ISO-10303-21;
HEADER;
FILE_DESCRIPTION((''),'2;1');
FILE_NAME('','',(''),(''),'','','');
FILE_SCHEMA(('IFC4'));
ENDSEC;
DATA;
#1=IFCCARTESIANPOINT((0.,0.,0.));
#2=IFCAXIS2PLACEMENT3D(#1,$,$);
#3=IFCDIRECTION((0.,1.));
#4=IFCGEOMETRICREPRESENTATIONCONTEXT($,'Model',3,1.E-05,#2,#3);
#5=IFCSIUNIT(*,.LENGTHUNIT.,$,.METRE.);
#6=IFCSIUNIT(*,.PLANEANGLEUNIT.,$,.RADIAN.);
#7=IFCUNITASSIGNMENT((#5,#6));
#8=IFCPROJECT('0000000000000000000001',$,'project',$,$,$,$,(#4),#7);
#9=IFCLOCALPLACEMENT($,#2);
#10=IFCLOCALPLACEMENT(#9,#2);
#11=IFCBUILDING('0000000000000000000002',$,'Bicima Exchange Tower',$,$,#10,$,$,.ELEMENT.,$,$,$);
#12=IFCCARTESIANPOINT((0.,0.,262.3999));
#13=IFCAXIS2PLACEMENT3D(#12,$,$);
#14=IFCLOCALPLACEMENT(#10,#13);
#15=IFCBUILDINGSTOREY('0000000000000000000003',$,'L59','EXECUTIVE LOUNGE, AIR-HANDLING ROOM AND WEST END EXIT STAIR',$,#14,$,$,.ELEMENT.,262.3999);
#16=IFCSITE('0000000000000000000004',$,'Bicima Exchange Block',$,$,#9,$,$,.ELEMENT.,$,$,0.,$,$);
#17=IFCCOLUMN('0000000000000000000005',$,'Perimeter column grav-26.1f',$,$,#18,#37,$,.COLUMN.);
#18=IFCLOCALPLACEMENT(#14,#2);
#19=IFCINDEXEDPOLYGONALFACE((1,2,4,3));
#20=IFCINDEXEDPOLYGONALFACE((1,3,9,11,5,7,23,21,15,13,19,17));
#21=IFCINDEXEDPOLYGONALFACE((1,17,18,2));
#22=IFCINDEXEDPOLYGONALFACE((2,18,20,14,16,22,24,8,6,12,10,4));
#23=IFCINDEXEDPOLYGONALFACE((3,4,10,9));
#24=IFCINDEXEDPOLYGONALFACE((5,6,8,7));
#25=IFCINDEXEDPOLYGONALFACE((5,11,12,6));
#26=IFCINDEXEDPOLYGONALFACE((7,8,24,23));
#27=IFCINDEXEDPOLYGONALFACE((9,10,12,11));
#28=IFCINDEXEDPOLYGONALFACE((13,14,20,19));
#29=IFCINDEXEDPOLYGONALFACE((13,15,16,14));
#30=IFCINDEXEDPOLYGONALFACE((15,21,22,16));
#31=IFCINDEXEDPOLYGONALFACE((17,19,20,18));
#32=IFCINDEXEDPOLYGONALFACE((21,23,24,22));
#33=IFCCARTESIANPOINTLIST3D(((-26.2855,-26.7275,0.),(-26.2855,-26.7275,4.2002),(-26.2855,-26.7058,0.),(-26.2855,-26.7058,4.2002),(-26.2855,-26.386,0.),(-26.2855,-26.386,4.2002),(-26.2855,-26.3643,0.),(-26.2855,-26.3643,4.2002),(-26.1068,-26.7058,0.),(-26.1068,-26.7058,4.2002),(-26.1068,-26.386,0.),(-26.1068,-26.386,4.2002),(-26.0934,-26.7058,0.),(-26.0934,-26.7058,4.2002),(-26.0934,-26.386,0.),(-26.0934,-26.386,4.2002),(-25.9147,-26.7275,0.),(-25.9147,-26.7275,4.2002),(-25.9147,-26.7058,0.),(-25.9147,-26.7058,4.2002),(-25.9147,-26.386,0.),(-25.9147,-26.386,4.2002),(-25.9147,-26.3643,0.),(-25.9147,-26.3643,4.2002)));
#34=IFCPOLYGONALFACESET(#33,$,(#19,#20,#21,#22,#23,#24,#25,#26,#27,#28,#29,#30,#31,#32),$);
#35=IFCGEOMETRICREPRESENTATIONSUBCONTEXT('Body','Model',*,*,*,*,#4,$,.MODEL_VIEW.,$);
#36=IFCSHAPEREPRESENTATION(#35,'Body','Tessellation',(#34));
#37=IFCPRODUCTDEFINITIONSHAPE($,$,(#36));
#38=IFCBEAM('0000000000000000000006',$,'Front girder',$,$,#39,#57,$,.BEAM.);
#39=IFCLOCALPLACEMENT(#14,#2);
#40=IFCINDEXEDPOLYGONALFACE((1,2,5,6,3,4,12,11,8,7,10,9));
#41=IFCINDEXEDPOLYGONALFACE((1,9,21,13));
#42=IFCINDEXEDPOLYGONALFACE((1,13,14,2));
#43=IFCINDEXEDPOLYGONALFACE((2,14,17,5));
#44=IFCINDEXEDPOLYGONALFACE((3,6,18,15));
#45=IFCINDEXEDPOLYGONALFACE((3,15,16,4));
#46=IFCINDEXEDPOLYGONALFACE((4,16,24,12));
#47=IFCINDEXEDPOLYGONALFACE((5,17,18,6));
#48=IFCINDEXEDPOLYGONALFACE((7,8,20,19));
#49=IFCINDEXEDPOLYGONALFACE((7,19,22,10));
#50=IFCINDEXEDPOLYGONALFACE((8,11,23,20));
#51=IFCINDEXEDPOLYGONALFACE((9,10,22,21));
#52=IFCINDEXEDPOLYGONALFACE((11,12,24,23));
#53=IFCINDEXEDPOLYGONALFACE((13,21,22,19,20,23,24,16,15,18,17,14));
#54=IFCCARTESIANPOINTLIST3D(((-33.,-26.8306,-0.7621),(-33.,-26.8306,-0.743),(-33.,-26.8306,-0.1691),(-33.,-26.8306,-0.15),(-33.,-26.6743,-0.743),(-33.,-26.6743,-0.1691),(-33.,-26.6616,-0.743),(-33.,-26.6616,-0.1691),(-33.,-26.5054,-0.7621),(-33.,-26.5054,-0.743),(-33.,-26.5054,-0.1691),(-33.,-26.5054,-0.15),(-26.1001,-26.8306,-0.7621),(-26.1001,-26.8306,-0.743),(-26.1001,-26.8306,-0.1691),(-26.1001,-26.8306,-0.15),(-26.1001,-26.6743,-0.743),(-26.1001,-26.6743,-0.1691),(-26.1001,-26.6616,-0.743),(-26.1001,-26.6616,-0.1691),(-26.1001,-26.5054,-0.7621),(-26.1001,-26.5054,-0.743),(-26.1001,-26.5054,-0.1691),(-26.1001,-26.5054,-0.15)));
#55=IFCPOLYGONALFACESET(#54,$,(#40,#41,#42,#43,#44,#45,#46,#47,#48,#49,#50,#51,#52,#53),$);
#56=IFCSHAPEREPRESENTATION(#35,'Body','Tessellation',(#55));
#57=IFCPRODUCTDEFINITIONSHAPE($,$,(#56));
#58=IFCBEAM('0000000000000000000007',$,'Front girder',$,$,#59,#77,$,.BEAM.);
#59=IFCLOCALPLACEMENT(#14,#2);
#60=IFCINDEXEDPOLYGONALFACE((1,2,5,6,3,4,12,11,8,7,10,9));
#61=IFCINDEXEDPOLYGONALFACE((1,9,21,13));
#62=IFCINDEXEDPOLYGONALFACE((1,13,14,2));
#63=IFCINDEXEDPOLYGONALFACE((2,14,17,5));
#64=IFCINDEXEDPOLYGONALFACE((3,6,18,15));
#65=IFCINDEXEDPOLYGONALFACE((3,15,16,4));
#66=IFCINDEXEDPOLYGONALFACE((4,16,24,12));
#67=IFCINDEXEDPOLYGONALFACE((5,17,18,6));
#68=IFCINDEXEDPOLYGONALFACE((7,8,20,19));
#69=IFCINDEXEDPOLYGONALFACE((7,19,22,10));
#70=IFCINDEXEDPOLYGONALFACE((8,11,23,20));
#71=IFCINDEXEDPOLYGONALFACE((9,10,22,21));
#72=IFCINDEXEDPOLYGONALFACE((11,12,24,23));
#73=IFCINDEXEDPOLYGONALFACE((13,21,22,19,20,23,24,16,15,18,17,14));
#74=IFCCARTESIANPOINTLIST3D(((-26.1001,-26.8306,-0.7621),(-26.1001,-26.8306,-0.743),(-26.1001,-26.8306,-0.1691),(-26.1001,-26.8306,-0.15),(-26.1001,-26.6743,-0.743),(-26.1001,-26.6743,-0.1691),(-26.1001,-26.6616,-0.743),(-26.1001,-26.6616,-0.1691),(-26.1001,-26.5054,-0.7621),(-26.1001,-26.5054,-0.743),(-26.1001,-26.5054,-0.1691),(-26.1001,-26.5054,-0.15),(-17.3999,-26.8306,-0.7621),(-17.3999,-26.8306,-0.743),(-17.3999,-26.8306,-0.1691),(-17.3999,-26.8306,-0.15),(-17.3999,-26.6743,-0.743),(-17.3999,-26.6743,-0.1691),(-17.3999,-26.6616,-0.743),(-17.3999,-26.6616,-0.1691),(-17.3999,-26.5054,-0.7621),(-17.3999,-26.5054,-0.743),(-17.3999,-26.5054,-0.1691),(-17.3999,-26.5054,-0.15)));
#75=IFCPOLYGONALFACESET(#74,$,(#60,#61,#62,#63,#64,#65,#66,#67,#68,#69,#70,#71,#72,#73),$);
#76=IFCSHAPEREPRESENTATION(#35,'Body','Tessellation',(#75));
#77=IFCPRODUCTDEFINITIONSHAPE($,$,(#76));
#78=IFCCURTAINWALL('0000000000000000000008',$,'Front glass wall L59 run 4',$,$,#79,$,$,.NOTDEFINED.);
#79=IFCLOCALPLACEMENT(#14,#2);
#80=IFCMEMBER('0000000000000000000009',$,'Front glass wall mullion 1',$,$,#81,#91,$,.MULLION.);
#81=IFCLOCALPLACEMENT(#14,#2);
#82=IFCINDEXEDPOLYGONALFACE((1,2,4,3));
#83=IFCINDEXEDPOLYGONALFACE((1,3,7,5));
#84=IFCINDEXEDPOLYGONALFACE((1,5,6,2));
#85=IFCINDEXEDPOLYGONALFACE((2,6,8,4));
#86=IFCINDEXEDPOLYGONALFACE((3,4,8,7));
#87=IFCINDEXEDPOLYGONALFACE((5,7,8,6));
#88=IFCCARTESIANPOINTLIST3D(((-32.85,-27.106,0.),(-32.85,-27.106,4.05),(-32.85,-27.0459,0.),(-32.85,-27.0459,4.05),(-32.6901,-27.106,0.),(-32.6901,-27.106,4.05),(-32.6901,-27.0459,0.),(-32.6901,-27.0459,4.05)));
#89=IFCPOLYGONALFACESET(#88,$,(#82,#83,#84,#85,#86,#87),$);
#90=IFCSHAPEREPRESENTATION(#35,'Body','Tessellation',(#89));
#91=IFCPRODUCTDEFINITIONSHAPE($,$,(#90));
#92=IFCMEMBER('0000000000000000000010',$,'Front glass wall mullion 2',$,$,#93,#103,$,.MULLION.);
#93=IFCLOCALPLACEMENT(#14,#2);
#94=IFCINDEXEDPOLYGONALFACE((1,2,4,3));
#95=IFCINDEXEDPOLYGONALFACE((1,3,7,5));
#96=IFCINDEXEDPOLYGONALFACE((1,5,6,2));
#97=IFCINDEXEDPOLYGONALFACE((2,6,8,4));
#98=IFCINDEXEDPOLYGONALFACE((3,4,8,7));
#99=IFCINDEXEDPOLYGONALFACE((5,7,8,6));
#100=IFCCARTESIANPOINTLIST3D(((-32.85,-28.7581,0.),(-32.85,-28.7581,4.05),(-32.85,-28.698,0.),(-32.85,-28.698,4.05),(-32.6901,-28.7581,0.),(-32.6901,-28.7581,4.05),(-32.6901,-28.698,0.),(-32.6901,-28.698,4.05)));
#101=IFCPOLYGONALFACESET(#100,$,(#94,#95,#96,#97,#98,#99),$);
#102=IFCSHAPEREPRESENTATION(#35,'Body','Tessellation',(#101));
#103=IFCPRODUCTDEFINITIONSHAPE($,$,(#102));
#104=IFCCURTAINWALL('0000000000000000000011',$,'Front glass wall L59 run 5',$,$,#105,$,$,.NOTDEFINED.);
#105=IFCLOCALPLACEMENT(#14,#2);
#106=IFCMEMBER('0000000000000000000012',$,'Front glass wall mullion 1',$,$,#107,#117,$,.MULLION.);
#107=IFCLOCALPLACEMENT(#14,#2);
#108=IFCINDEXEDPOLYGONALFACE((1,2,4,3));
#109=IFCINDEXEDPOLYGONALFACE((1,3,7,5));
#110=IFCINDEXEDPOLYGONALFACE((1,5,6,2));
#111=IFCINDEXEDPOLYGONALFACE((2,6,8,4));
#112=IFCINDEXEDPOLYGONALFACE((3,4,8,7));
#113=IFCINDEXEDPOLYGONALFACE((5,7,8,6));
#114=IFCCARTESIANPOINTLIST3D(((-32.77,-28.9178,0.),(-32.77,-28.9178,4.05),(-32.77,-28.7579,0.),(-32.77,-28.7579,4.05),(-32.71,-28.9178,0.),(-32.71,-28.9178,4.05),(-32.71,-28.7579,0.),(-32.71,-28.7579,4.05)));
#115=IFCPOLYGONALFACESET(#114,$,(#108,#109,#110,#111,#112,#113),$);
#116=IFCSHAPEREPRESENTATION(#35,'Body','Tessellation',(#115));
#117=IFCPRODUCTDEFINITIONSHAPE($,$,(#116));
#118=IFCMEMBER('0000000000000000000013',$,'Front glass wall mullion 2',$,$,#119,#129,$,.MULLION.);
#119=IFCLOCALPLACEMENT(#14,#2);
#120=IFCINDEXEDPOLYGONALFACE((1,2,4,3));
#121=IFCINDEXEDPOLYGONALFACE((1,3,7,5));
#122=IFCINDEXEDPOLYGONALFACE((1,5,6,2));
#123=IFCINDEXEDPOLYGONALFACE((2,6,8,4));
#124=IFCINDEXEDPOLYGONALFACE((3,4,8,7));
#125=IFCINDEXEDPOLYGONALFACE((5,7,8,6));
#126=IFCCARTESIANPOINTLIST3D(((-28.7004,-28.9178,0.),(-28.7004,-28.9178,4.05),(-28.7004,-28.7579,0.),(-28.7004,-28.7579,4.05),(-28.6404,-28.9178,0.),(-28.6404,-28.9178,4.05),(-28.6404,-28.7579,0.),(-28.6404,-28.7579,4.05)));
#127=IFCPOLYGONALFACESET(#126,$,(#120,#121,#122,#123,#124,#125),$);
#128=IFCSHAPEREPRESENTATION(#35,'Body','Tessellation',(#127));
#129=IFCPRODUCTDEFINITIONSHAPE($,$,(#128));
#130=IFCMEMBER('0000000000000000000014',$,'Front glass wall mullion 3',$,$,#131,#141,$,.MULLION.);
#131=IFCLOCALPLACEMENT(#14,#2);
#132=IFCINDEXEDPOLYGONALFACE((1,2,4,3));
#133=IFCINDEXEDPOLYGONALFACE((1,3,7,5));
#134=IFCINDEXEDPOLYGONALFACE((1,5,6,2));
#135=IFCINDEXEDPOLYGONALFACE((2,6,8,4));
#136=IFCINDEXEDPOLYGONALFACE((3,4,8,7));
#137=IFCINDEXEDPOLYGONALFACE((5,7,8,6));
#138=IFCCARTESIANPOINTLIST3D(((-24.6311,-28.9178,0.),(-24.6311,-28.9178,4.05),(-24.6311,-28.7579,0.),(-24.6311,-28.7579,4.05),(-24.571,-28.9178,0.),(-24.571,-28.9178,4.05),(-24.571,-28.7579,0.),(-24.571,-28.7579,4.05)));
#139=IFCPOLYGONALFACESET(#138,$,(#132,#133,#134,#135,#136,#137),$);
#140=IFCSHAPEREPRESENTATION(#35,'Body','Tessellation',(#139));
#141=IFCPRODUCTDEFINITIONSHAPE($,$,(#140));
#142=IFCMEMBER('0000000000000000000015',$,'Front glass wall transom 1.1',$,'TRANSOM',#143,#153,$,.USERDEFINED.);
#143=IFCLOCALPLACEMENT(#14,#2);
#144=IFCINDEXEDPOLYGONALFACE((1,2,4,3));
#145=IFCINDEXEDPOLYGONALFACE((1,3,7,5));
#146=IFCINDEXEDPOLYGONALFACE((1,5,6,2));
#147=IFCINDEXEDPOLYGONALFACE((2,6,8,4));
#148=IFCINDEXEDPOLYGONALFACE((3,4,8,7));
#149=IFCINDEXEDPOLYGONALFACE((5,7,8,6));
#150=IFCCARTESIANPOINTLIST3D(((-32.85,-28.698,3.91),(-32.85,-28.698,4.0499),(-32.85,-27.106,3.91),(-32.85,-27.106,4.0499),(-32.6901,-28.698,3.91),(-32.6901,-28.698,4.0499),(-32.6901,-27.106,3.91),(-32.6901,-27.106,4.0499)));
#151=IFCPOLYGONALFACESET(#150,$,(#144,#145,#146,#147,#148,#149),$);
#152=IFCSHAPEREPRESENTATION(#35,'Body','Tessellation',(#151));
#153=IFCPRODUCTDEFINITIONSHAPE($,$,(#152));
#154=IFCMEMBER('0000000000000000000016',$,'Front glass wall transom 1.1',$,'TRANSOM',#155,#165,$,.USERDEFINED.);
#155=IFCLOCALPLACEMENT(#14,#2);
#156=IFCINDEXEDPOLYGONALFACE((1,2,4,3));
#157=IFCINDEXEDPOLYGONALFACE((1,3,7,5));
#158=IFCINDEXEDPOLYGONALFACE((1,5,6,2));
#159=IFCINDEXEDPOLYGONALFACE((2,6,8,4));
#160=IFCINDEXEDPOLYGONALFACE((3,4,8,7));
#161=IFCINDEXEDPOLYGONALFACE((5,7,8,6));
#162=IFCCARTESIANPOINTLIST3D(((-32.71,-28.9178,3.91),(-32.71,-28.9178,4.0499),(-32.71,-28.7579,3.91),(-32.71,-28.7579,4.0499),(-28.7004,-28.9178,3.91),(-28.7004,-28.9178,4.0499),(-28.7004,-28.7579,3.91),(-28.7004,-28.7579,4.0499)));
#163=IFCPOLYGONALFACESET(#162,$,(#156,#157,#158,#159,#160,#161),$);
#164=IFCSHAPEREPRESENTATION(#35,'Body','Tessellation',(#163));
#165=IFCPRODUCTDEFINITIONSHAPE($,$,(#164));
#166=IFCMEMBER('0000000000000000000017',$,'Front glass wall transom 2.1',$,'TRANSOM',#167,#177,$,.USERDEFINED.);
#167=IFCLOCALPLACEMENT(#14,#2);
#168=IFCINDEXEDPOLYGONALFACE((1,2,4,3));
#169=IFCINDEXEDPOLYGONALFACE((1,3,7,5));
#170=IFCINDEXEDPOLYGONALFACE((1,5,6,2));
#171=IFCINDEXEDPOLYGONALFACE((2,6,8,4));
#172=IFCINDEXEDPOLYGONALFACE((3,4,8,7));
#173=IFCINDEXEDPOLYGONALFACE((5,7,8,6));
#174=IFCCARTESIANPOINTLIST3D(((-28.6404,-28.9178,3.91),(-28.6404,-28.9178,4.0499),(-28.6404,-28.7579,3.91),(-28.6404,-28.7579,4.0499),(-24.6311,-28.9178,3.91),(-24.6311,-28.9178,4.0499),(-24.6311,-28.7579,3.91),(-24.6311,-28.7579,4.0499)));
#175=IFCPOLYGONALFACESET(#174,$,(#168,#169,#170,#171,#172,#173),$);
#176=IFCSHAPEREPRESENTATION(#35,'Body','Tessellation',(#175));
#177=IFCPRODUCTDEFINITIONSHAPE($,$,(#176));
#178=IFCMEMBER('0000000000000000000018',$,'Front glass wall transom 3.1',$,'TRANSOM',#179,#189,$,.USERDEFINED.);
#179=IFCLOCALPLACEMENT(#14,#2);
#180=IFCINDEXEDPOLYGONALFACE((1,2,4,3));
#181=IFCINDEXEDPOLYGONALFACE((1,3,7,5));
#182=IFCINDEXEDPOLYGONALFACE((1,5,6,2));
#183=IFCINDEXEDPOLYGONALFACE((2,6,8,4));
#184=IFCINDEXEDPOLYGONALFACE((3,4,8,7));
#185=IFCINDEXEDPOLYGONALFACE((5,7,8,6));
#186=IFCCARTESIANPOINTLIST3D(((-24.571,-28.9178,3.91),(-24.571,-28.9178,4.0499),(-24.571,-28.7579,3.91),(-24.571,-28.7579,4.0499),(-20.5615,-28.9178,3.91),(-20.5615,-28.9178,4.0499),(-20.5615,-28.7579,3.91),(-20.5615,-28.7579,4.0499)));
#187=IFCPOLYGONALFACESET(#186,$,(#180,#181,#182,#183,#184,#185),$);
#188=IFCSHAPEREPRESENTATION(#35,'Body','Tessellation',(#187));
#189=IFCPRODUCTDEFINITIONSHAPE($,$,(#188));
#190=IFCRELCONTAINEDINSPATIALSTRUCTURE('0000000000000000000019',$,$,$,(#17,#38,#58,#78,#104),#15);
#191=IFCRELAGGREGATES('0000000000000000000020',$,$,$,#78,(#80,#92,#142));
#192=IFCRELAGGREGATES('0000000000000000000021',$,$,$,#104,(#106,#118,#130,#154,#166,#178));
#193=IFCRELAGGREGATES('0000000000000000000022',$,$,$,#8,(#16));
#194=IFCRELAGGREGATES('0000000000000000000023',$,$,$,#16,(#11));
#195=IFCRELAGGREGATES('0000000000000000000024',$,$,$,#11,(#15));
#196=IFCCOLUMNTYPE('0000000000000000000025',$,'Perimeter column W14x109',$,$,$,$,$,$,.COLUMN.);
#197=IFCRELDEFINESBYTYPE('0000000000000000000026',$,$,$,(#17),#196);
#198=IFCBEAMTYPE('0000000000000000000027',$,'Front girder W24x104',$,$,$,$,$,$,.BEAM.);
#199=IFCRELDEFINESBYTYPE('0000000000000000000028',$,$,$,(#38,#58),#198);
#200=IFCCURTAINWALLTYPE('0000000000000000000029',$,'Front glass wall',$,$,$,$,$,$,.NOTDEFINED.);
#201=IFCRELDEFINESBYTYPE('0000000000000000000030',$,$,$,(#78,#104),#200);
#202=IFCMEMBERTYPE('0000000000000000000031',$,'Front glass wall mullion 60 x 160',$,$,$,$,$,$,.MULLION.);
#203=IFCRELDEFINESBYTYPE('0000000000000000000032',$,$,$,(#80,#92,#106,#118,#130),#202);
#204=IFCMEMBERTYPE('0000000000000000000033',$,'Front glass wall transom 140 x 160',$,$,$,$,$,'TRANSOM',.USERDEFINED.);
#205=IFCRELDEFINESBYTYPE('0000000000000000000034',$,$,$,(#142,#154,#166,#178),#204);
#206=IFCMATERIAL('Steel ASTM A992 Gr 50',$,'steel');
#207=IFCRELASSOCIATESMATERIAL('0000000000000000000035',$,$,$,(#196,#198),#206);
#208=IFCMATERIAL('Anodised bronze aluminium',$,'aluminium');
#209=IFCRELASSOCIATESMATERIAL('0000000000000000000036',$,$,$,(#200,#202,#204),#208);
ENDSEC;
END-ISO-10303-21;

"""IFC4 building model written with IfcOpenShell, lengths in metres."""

from ifc_helpers import new_model, si_unit, direction, frame, origin, origin_2d, place, context, subcontext, project, spatial, rectangle, i_section, extrude, material, material_profile, profile_set, type_object, element, aggregate, save


model = new_model("IFC4")

# Units and contexts
model_context = context("Model", 3, precision=1e-05, world=origin(), true_north=direction((0.0, 1.0)))
body_context = subcontext(model_context, "Body", "Model", "MODEL_VIEW")
ifc_project = project(units=[si_unit("LENGTHUNIT", "METRE"), si_unit("PLANEANGLEUNIT", "RADIAN")], contexts=[model_context])

# Site, building, storey
site_placement = place(None, origin())
site = spatial("IfcSite", under=ifc_project, at=site_placement, Name="Bicima Exchange Block", CompositionType="ELEMENT", RefElevation=0.0)
building_placement = place(site_placement, origin())
building = spatial("IfcBuilding", under=site, at=building_placement, Name="Bicima Exchange Tower", CompositionType="ELEMENT")
storey_placement = place(building_placement, frame((0.0, 0.0, 262.3999)))
storey = spatial("IfcBuildingStorey", under=building, at=storey_placement, Name="L59", Description="EXECUTIVE LOUNGE, AIR-HANDLING ROOM AND WEST END EXIT STAIR", CompositionType="ELEMENT", Elevation=262.3999)

# Column
ifc_material_1 = material(Name="Steel ASTM A992 Gr 50", Category="steel")
ifc_material_profile_1 = material_profile(ifc_material_1, i_section(OverallWidth=0.3708, OverallDepth=0.3633, WebThickness=0.0134, FlangeThickness=0.0217, at=origin_2d()))
ifc_profile_set_1 = profile_set([ifc_material_profile_1], Name="Steel ASTM A992 Gr 50")
column_type = type_object("IfcColumnType", Name="Perimeter column W14x109", PredefinedType="COLUMN", material=ifc_profile_set_1)
column_placement = place(storey_placement, frame((-26.1001, -26.5459, 0.0), z_axis=(0.0, 0.0, 1.0), x_axis=(1.0, 0.0, 0.0)))
element("IfcColumn", 1, at=column_placement, inside=storey, type_object=column_type, Name="Perimeter column grav-26.1f", PredefinedType="COLUMN", context=body_context, shape_type="SweptSolid", body=[
    extrude(i_section(OverallWidth=0.3708, OverallDepth=0.3633, WebThickness=0.0134, FlangeThickness=0.0217, at=origin_2d()), origin(), (0.0, 0.0, 1.0), 4.2002),
])

# Beams
ifc_material_profile_2 = material_profile(ifc_material_1, i_section(OverallWidth=0.3252, OverallDepth=0.6121, WebThickness=0.0127, FlangeThickness=0.019, at=origin_2d()))
ifc_profile_set_2 = profile_set([ifc_material_profile_2], Name="Steel ASTM A992 Gr 50")
beam_type = type_object("IfcBeamType", Name="Front girder W24x104", PredefinedType="BEAM", material=ifc_profile_set_2)
beam_1_placement = place(storey_placement, frame((-33.0, -26.668, -0.4561), z_axis=(1.0, 0.0, 0.0), x_axis=(0.0, 1.0, 0.0)))
element("IfcBeam", 2, at=beam_1_placement, inside=storey, type_object=beam_type, Name="Front girder", PredefinedType="BEAM", context=body_context, shape_type="SweptSolid", body=[
    extrude(i_section(OverallWidth=0.3252, OverallDepth=0.6121, WebThickness=0.0127, FlangeThickness=0.019, at=origin_2d()), origin(), (0.0, 0.0, 1.0), 6.8999),
])
beam_2_placement = place(storey_placement, frame((-26.1001, -26.668, -0.4561), z_axis=(1.0, 0.0, 0.0), x_axis=(0.0, 1.0, 0.0)))
element("IfcBeam", 3, at=beam_2_placement, inside=storey, type_object=beam_type, Name="Front girder", PredefinedType="BEAM", context=body_context, shape_type="SweptSolid", body=[
    extrude(i_section(OverallWidth=0.3252, OverallDepth=0.6121, WebThickness=0.0127, FlangeThickness=0.019, at=origin_2d()), origin(), (0.0, 0.0, 1.0), 8.7002),
])

# Curtain walls, members
ifc_material_2 = material(Name="Anodised bronze aluminium", Category="aluminium")
curtain_wall_type = type_object("IfcCurtainWallType", Name="Front glass wall", PredefinedType="NOTDEFINED", material=ifc_material_2)
curtain_wall_1_placement = place(storey_placement, origin())
curtain_wall_1 = element("IfcCurtainWall", 4, at=curtain_wall_1_placement, inside=storey, type_object=curtain_wall_type, Name="Front glass wall L59 run 4", PredefinedType="NOTDEFINED")
ifc_material_profile_3 = material_profile(ifc_material_2, rectangle(XDim=0.1599, YDim=0.0601, at=origin_2d()))
ifc_profile_set_3 = profile_set([ifc_material_profile_3], Name="Anodised bronze aluminium")
member_type_1 = type_object("IfcMemberType", Name="Front glass wall mullion 60 x 160", PredefinedType="MULLION", material=ifc_profile_set_3)
member_1_placement = place(storey_placement, frame((-32.77, -27.0759, 0.0), z_axis=(0.0, 0.0, 1.0), x_axis=(1.0, 0.0, 0.0)))
member_1 = element("IfcMember", 5, at=member_1_placement, type_object=member_type_1, Name="Front glass wall mullion 1", PredefinedType="MULLION", context=body_context, shape_type="SweptSolid", body=[
    extrude(rectangle(XDim=0.1599, YDim=0.0601, at=origin_2d()), origin(), (0.0, 0.0, 1.0), 4.05),
])
member_2_placement = place(storey_placement, frame((-32.77, -28.728, 0.0), z_axis=(0.0, 0.0, 1.0), x_axis=(1.0, 0.0, 0.0)))
member_2 = element("IfcMember", 6, at=member_2_placement, type_object=member_type_1, Name="Front glass wall mullion 2", PredefinedType="MULLION", context=body_context, shape_type="SweptSolid", body=[
    extrude(rectangle(XDim=0.1599, YDim=0.0601, at=origin_2d()), origin(), (0.0, 0.0, 1.0), 4.05),
])
curtain_wall_2_placement = place(storey_placement, origin())
curtain_wall_2 = element("IfcCurtainWall", 7, at=curtain_wall_2_placement, inside=storey, type_object=curtain_wall_type, Name="Front glass wall L59 run 5", PredefinedType="NOTDEFINED")
member_3_placement = place(storey_placement, frame((-32.74, -28.8379, 0.0), z_axis=(0.0, 0.0, 1.0), x_axis=(0.0, 1.0, 0.0)))
member_3 = element("IfcMember", 8, at=member_3_placement, type_object=member_type_1, Name="Front glass wall mullion 1", PredefinedType="MULLION", context=body_context, shape_type="SweptSolid", body=[
    extrude(rectangle(XDim=0.1599, YDim=0.0601, at=origin_2d()), origin(), (0.0, 0.0, 1.0), 4.05),
])
member_4_placement = place(storey_placement, frame((-28.6704, -28.8379, 0.0), z_axis=(0.0, 0.0, 1.0), x_axis=(0.0, 1.0, 0.0)))
member_4 = element("IfcMember", 9, at=member_4_placement, type_object=member_type_1, Name="Front glass wall mullion 2", PredefinedType="MULLION", context=body_context, shape_type="SweptSolid", body=[
    extrude(rectangle(XDim=0.1599, YDim=0.0601, at=origin_2d()), origin(), (0.0, 0.0, 1.0), 4.05),
])
member_5_placement = place(storey_placement, frame((-24.6011, -28.8379, 0.0), z_axis=(0.0, 0.0, 1.0), x_axis=(0.0, 1.0, 0.0)))
member_5 = element("IfcMember", 10, at=member_5_placement, type_object=member_type_1, Name="Front glass wall mullion 3", PredefinedType="MULLION", context=body_context, shape_type="SweptSolid", body=[
    extrude(rectangle(XDim=0.1599, YDim=0.0601, at=origin_2d()), origin(), (0.0, 0.0, 1.0), 4.05),
])

# Members
ifc_material_profile_4 = material_profile(ifc_material_2, rectangle(XDim=0.1599, YDim=0.1399, at=origin_2d()))
ifc_profile_set_4 = profile_set([ifc_material_profile_4], Name="Anodised bronze aluminium")
member_type_2 = type_object("IfcMemberType", Name="Front glass wall transom 140 x 160", ElementType="TRANSOM", PredefinedType="USERDEFINED", material=ifc_profile_set_4)
member_6_placement = place(storey_placement, frame((-32.77, -27.106, 3.98), z_axis=(0.0, -1.0, 0.0), x_axis=(1.0, 0.0, 0.0)))
member_6 = element("IfcMember", 11, at=member_6_placement, type_object=member_type_2, Name="Front glass wall transom 1.1", ObjectType="TRANSOM", PredefinedType="USERDEFINED", context=body_context, shape_type="SweptSolid", body=[
    extrude(rectangle(XDim=0.1599, YDim=0.1399, at=origin_2d()), origin(), (0.0, 0.0, 1.0), 1.592),
])
member_7_placement = place(storey_placement, frame((-32.71, -28.8379, 3.98), z_axis=(1.0, 0.0, 0.0), x_axis=(0.0, 1.0, 0.0)))
member_7 = element("IfcMember", 12, at=member_7_placement, type_object=member_type_2, Name="Front glass wall transom 1.1", ObjectType="TRANSOM", PredefinedType="USERDEFINED", context=body_context, shape_type="SweptSolid", body=[
    extrude(rectangle(XDim=0.1599, YDim=0.1399, at=origin_2d()), origin(), (0.0, 0.0, 1.0), 4.0095),
])
member_8_placement = place(storey_placement, frame((-28.6404, -28.8379, 3.98), z_axis=(1.0, 0.0, 0.0), x_axis=(0.0, 1.0, 0.0)))
member_8 = element("IfcMember", 13, at=member_8_placement, type_object=member_type_2, Name="Front glass wall transom 2.1", ObjectType="TRANSOM", PredefinedType="USERDEFINED", context=body_context, shape_type="SweptSolid", body=[
    extrude(rectangle(XDim=0.1599, YDim=0.1399, at=origin_2d()), origin(), (0.0, 0.0, 1.0), 4.0093),
])
member_9_placement = place(storey_placement, frame((-24.571, -28.8379, 3.98), z_axis=(1.0, 0.0, 0.0), x_axis=(0.0, 1.0, 0.0)))
member_9 = element("IfcMember", 14, at=member_9_placement, type_object=member_type_2, Name="Front glass wall transom 3.1", ObjectType="TRANSOM", PredefinedType="USERDEFINED", context=body_context, shape_type="SweptSolid", body=[
    extrude(rectangle(XDim=0.1599, YDim=0.1399, at=origin_2d()), origin(), (0.0, 0.0, 1.0), 4.0095),
])

aggregate(curtain_wall_1, [member_1, member_2, member_6])
aggregate(curtain_wall_2, [member_3, member_4, member_5, member_7, member_8, member_9])

save(model, "model.ifc")
